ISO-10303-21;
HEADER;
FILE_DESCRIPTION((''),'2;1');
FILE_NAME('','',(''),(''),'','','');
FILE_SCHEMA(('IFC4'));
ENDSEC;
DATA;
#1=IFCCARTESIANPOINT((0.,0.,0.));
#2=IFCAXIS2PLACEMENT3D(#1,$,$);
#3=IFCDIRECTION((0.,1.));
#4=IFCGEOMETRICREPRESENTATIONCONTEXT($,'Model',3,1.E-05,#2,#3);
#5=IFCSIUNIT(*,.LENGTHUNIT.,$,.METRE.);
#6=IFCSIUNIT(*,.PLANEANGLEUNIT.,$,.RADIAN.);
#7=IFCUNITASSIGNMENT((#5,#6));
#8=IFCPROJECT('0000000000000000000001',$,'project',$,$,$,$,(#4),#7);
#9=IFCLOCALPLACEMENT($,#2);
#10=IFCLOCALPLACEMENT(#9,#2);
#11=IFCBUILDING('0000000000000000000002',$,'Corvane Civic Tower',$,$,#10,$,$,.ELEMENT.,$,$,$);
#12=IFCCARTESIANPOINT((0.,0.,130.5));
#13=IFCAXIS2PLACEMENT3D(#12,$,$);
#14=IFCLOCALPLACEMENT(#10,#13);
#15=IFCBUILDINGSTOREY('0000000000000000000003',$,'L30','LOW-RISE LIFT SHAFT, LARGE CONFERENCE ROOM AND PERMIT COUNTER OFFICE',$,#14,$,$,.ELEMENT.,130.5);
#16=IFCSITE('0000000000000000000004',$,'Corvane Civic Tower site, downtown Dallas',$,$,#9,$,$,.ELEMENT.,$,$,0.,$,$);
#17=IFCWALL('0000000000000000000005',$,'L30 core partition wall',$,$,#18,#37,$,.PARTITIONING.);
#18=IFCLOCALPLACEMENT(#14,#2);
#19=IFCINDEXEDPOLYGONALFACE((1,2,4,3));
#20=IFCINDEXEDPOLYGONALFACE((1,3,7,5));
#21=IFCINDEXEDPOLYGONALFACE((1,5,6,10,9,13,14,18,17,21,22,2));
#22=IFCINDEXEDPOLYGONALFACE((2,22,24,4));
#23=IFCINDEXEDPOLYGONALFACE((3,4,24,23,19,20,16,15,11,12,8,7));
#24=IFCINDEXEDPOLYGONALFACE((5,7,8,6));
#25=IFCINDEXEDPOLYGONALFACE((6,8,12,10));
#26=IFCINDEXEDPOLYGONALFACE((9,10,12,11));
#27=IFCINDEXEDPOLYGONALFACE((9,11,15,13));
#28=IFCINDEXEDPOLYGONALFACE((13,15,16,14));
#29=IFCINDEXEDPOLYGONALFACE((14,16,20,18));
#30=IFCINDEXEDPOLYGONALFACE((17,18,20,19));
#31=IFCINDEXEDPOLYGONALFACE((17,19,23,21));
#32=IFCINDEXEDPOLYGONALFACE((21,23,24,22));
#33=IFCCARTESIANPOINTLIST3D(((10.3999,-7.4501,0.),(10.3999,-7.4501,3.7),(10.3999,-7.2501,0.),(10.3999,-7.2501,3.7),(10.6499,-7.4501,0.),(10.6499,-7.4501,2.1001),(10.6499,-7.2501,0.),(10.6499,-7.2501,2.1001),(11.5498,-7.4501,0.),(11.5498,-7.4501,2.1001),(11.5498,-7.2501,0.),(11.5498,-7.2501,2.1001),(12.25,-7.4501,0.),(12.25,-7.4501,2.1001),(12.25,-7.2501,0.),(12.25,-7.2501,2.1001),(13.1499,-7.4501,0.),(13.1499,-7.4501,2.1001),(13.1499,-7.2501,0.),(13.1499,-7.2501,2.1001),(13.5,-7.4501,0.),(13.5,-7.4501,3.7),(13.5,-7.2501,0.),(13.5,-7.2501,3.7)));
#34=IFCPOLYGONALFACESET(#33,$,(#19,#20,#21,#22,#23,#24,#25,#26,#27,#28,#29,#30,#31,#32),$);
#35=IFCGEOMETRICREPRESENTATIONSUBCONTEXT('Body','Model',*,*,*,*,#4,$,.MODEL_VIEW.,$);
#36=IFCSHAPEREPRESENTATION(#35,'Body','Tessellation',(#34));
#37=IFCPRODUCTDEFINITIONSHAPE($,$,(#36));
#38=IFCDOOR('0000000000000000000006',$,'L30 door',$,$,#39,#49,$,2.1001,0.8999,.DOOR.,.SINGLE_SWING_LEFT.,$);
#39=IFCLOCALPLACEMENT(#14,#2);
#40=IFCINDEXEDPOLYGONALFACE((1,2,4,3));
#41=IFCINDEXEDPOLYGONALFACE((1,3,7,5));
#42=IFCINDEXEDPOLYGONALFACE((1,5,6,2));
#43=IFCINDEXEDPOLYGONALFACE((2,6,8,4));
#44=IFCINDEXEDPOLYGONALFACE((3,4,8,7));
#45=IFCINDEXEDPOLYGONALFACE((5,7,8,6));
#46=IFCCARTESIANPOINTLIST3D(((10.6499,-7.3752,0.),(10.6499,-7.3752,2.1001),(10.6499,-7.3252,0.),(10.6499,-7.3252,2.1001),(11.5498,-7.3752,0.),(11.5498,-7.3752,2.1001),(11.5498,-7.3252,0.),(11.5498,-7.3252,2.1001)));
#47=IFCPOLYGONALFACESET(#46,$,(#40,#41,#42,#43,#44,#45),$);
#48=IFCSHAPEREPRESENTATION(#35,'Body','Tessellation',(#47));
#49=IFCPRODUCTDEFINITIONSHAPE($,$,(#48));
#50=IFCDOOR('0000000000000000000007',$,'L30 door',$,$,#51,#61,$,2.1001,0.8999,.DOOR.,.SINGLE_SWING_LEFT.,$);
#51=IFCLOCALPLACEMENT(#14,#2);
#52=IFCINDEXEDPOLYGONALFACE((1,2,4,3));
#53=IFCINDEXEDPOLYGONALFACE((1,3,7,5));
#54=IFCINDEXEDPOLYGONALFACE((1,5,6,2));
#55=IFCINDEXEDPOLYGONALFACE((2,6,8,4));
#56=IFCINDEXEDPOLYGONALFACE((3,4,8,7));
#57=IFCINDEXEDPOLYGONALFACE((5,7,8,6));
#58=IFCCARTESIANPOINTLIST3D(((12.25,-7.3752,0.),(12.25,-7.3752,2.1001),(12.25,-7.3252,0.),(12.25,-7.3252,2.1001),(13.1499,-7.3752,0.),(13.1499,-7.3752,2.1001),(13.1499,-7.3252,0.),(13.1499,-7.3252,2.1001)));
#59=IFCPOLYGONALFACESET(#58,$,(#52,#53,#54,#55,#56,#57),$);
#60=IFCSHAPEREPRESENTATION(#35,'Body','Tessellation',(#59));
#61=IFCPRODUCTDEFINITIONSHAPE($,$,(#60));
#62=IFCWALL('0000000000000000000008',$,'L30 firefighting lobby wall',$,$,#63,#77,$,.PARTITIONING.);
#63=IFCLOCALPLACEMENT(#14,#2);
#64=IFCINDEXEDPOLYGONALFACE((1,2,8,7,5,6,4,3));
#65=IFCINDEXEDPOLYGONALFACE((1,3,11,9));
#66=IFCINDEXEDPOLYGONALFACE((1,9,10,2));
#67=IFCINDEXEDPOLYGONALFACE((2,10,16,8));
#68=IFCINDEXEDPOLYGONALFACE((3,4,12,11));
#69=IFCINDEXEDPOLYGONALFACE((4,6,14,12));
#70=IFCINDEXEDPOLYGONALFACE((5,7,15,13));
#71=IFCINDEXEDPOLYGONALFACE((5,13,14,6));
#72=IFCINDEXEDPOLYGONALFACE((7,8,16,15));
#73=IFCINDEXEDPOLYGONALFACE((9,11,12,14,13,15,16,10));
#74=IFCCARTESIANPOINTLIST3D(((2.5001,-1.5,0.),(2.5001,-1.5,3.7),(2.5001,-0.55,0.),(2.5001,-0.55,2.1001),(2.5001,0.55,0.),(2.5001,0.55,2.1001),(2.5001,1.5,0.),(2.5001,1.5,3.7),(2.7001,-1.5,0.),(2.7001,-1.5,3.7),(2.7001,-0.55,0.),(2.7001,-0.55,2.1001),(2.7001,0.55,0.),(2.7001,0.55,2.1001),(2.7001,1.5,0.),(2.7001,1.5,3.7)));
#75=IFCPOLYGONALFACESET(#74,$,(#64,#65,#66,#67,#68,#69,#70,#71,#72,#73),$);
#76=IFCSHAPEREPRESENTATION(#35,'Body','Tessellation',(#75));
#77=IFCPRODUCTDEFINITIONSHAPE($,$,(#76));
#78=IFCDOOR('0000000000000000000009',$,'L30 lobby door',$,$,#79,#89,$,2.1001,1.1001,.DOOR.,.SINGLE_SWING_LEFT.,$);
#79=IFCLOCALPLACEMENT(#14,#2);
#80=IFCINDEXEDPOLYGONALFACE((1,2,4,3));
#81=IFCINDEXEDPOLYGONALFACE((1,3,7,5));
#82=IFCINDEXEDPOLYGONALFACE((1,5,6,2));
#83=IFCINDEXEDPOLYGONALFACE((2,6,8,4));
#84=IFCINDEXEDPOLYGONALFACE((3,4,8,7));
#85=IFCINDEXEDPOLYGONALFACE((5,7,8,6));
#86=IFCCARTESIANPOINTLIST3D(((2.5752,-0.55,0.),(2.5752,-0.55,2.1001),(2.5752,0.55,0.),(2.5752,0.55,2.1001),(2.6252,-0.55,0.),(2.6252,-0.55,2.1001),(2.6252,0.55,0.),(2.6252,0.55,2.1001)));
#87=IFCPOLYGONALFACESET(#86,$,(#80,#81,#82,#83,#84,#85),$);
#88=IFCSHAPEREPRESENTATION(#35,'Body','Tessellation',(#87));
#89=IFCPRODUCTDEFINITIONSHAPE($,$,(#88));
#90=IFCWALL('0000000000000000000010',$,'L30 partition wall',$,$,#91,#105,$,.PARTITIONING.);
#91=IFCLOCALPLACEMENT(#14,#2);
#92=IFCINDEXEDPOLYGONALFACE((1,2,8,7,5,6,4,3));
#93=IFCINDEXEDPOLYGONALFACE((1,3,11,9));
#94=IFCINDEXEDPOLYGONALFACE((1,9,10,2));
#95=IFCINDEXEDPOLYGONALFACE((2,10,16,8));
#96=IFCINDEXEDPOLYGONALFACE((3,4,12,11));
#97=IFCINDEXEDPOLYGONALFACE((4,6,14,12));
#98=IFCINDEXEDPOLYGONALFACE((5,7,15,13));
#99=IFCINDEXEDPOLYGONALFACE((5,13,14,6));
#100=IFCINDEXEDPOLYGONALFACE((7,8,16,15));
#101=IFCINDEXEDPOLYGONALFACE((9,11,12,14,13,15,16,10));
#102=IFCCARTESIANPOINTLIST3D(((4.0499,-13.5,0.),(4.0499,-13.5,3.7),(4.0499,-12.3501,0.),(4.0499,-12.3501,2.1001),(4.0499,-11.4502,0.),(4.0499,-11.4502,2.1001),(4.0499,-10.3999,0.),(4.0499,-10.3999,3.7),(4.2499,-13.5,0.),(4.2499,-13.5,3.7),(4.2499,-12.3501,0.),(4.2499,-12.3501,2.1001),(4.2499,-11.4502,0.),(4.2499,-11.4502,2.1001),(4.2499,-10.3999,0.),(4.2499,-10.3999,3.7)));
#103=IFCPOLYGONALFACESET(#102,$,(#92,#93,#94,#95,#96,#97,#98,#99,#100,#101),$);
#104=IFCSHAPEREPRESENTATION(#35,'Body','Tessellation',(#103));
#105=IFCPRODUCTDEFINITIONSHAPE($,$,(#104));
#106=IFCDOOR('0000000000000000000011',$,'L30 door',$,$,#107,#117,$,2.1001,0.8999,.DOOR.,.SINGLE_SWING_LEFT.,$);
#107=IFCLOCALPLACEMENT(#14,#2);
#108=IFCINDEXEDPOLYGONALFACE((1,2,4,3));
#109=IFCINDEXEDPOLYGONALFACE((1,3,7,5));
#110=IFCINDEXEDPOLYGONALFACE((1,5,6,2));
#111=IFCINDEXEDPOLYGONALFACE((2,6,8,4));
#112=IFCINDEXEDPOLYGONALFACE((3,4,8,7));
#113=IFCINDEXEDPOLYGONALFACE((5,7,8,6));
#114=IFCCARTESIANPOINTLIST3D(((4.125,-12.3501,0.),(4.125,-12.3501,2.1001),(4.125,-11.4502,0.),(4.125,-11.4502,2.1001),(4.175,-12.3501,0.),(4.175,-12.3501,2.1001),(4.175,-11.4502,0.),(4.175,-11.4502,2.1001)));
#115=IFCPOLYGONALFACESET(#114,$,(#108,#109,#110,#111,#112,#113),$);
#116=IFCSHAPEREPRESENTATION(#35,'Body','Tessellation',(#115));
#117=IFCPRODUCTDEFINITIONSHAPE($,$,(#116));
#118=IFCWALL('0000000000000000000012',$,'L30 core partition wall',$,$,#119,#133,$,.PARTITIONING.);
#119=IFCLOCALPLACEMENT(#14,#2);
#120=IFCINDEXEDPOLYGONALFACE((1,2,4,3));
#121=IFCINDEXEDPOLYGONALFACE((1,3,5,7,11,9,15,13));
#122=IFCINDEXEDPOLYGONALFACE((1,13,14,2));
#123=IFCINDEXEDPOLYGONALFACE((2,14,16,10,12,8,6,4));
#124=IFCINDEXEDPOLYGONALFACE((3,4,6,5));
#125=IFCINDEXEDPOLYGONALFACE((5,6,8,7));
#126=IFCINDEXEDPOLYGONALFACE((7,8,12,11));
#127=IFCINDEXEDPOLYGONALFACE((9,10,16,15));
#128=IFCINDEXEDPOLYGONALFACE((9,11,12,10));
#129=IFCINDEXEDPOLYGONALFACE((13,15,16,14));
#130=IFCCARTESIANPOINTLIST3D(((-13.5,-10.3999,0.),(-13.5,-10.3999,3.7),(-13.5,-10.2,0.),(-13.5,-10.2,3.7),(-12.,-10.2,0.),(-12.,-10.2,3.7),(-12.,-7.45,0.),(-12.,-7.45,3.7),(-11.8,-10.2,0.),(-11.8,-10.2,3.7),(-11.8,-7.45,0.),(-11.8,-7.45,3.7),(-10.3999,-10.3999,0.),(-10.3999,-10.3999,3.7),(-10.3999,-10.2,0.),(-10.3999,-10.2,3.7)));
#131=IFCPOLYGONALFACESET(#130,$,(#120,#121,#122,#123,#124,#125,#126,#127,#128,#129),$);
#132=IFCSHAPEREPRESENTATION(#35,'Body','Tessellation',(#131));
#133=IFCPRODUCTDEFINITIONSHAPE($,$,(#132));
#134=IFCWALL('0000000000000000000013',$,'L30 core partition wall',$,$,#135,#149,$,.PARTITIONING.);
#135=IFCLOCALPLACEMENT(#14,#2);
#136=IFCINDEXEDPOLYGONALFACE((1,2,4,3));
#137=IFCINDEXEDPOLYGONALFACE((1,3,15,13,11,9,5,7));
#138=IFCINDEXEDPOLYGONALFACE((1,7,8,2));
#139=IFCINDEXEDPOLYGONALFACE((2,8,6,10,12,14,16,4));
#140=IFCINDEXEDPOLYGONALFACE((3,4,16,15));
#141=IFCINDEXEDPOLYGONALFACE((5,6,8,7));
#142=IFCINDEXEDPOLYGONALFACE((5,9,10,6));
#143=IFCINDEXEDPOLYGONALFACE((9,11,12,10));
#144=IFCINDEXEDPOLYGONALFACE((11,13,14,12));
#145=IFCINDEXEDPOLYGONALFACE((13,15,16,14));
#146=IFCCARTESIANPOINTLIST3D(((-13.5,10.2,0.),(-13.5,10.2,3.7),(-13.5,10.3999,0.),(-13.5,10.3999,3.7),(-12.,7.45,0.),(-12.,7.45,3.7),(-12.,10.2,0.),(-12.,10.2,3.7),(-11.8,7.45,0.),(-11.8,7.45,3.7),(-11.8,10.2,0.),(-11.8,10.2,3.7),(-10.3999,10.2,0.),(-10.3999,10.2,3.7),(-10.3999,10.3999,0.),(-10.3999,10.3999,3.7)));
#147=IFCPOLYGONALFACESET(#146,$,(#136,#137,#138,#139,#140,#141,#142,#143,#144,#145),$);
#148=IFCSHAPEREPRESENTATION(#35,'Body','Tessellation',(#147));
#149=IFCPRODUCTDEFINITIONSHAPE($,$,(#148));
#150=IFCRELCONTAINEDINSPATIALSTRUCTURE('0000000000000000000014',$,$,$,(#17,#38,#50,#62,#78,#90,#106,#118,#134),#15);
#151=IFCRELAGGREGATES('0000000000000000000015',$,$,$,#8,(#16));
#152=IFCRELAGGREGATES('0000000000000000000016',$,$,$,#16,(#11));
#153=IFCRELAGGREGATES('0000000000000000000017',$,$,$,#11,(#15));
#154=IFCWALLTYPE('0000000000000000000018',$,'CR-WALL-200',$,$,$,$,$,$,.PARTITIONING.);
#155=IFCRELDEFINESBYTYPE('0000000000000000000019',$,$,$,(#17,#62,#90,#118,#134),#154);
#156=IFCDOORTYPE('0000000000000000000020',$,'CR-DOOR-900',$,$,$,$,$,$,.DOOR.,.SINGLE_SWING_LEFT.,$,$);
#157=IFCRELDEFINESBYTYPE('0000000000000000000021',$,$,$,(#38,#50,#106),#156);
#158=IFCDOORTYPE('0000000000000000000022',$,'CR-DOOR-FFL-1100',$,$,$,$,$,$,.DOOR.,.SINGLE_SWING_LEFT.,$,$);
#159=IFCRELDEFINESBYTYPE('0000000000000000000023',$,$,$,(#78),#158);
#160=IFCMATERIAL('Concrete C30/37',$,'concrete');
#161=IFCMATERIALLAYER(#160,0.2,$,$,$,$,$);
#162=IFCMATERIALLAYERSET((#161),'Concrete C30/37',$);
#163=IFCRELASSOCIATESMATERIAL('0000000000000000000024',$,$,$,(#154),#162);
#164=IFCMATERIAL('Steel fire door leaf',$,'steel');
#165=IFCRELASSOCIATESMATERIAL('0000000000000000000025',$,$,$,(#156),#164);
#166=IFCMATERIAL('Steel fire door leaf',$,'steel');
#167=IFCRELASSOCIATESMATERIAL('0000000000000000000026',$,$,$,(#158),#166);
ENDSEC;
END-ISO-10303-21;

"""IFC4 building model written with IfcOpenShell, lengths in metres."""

from ifc_helpers import new_model, si_unit, direction, frame, frame_2d, origin, place, context, subcontext, project, spatial, polyline, rectangle, outline, extrude, material, layer, layer_set, type_object, element, fill, save


model = new_model("IFC4")

# Units and contexts
model_context = context("Model", 3, precision=1e-05, world=origin(), true_north=direction((0.0, 1.0)))
body_context = subcontext(model_context, "Body", "Model", "MODEL_VIEW")
ifc_project = project(units=[si_unit("LENGTHUNIT", "METRE"), si_unit("PLANEANGLEUNIT", "RADIAN")], contexts=[model_context])

# Site, building, storey
site_placement = place(None, origin())
site = spatial("IfcSite", under=ifc_project, at=site_placement, Name="Corvane Civic Tower site, downtown Dallas", CompositionType="ELEMENT", RefElevation=0.0)
building_placement = place(site_placement, origin())
building = spatial("IfcBuilding", under=site, at=building_placement, Name="Corvane Civic Tower", CompositionType="ELEMENT")
storey_placement = place(building_placement, frame((0.0, 0.0, 130.5)))
storey = spatial("IfcBuildingStorey", under=building, at=storey_placement, Name="L30", Description="LOW-RISE LIFT SHAFT, LARGE CONFERENCE ROOM AND PERMIT COUNTER OFFICE", CompositionType="ELEMENT", Elevation=130.5)

# Wall, openings, doors
ifc_material_1 = material(Name="Concrete C30/37", Category="concrete")
ifc_layer_1 = layer(ifc_material_1, 0.2)
ifc_layer_set_1 = layer_set([ifc_layer_1], Name="Concrete C30/37")
wall_type_1 = type_object("IfcWallType", Name="CR-WALL-200", PredefinedType="PARTITIONING", material=ifc_layer_set_1)
wall_1_placement = place(storey_placement, frame((10.3999, -7.3501, 0.0), z_axis=(0.0, 0.0, 1.0), x_axis=(1.0, 0.0, 0.0)))
wall_1 = element("IfcWall", 1, at=wall_1_placement, inside=storey, type_object=wall_type_1, Name="L30 core partition wall", PredefinedType="PARTITIONING", context=body_context, shape_type="SweptSolid", body=[
    extrude(rectangle(XDim=3.1001, YDim=0.2, at=frame_2d((1.55, 0.0))), origin(), (0.0, 0.0, 1.0), 3.7),
])
opening_1_placement = place(wall_1_placement, frame((0.25, 0.0, 0.0)))
opening_1 = element("IfcOpeningElement", 2, at=opening_1_placement, cuts=wall_1, PredefinedType="OPENING", context=body_context, shape_type="SweptSolid", body=[
    extrude(rectangle(XDim=0.8999, YDim=2.1001, at=frame_2d((0.45, 1.05))), frame((0.0, 0.1099, 0.0), z_axis=(0.0, -1.0, 0.0), x_axis=(1.0, 0.0, 0.0)), (0.0, 0.0, 1.0), 0.22),
])
opening_2_placement = place(wall_1_placement, frame((1.8501, 0.0, 0.0)))
opening_2 = element("IfcOpeningElement", 3, at=opening_2_placement, cuts=wall_1, PredefinedType="OPENING", context=body_context, shape_type="SweptSolid", body=[
    extrude(rectangle(XDim=0.8999, YDim=2.1001, at=frame_2d((0.45, 1.05))), frame((0.0, 0.1099, 0.0), z_axis=(0.0, -1.0, 0.0), x_axis=(1.0, 0.0, 0.0)), (0.0, 0.0, 1.0), 0.22),
])
ifc_material_2 = material(Name="Steel fire door leaf", Category="steel")
door_type_1 = type_object("IfcDoorType", Name="CR-DOOR-900", OperationType="SINGLE_SWING_LEFT", PredefinedType="DOOR", material=ifc_material_2)
door_1_placement = place(opening_1_placement, origin())
door_1 = element("IfcDoor", 4, at=door_1_placement, inside=storey, type_object=door_type_1, Name="L30 door", OperationType="SINGLE_SWING_LEFT", OverallHeight=2.1001, OverallWidth=0.8999, PredefinedType="DOOR", context=body_context, shape_type="SweptSolid", body=[
    extrude(rectangle(XDim=0.8999, YDim=2.1001, at=frame_2d((0.45, 1.05))), frame((0.0, 0.0249, 0.0), z_axis=(0.0, -1.0, 0.0), x_axis=(1.0, 0.0, 0.0)), (0.0, 0.0, 1.0), 0.05),
])
fill(opening_1, door_1)
door_2_placement = place(opening_2_placement, origin())
door_2 = element("IfcDoor", 5, at=door_2_placement, inside=storey, type_object=door_type_1, Name="L30 door", OperationType="SINGLE_SWING_LEFT", OverallHeight=2.1001, OverallWidth=0.8999, PredefinedType="DOOR", context=body_context, shape_type="SweptSolid", body=[
    extrude(rectangle(XDim=0.8999, YDim=2.1001, at=frame_2d((0.45, 1.05))), frame((0.0, 0.0249, 0.0), z_axis=(0.0, -1.0, 0.0), x_axis=(1.0, 0.0, 0.0)), (0.0, 0.0, 1.0), 0.05),
])
fill(opening_2, door_2)

# Walls, openings, doors
wall_2_placement = place(storey_placement, frame((2.6001, -1.5, 0.0), z_axis=(0.0, 0.0, 1.0), x_axis=(0.0, 1.0, 0.0)))
wall_2 = element("IfcWall", 6, at=wall_2_placement, inside=storey, type_object=wall_type_1, Name="L30 firefighting lobby wall", PredefinedType="PARTITIONING", context=body_context, shape_type="SweptSolid", body=[
    extrude(rectangle(XDim=3.0, YDim=0.2, at=frame_2d((1.5, 0.0))), origin(), (0.0, 0.0, 1.0), 3.7),
])
opening_3_placement = place(wall_2_placement, frame((0.95, 0.0, 0.0)))
opening_3 = element("IfcOpeningElement", 7, at=opening_3_placement, cuts=wall_2, PredefinedType="OPENING", context=body_context, shape_type="SweptSolid", body=[
    extrude(rectangle(XDim=1.1001, YDim=2.1001, at=frame_2d((0.55, 1.05))), frame((0.0, 0.1099, 0.0), z_axis=(0.0, -1.0, 0.0), x_axis=(1.0, 0.0, 0.0)), (0.0, 0.0, 1.0), 0.22),
])
ifc_material_3 = material(Name="Steel fire door leaf", Category="steel")
door_type_2 = type_object("IfcDoorType", Name="CR-DOOR-FFL-1100", OperationType="SINGLE_SWING_LEFT", PredefinedType="DOOR", material=ifc_material_3)
door_3_placement = place(opening_3_placement, origin())
door_3 = element("IfcDoor", 8, at=door_3_placement, inside=storey, type_object=door_type_2, Name="L30 lobby door", OperationType="SINGLE_SWING_LEFT", OverallHeight=2.1001, OverallWidth=1.1001, PredefinedType="DOOR", context=body_context, shape_type="SweptSolid", body=[
    extrude(rectangle(XDim=1.1001, YDim=2.1001, at=frame_2d((0.55, 1.05))), frame((0.0, 0.0249, 0.0), z_axis=(0.0, -1.0, 0.0), x_axis=(1.0, 0.0, 0.0)), (0.0, 0.0, 1.0), 0.05),
])
fill(opening_3, door_3)
wall_3_placement = place(storey_placement, frame((4.1499, -13.5, 0.0), z_axis=(0.0, 0.0, 1.0), x_axis=(0.0, 1.0, 0.0)))
wall_3 = element("IfcWall", 9, at=wall_3_placement, inside=storey, type_object=wall_type_1, Name="L30 partition wall", PredefinedType="PARTITIONING", context=body_context, shape_type="SweptSolid", body=[
    extrude(rectangle(XDim=3.1001, YDim=0.2, at=frame_2d((1.55, 0.0))), origin(), (0.0, 0.0, 1.0), 3.7),
])
opening_4_placement = place(wall_3_placement, frame((1.1499, 0.0, 0.0)))
opening_4 = element("IfcOpeningElement", 10, at=opening_4_placement, cuts=wall_3, PredefinedType="OPENING", context=body_context, shape_type="SweptSolid", body=[
    extrude(rectangle(XDim=0.8999, YDim=2.1001, at=frame_2d((0.45, 1.05))), frame((0.0, 0.1099, 0.0), z_axis=(0.0, -1.0, 0.0), x_axis=(1.0, 0.0, 0.0)), (0.0, 0.0, 1.0), 0.22),
])
door_4_placement = place(opening_4_placement, origin())
door_4 = element("IfcDoor", 11, at=door_4_placement, inside=storey, type_object=door_type_1, Name="L30 door", OperationType="SINGLE_SWING_LEFT", OverallHeight=2.1001, OverallWidth=0.8999, PredefinedType="DOOR", context=body_context, shape_type="SweptSolid", body=[
    extrude(rectangle(XDim=0.8999, YDim=2.1001, at=frame_2d((0.45, 1.05))), frame((0.0, 0.0249, 0.0), z_axis=(0.0, -1.0, 0.0), x_axis=(1.0, 0.0, 0.0)), (0.0, 0.0, 1.0), 0.05),
])
fill(opening_4, door_4)

# Walls
wall_4_placement = place(storey_placement, origin())
element("IfcWall", 12, at=wall_4_placement, inside=storey, type_object=wall_type_1, Name="L30 core partition wall", PredefinedType="PARTITIONING", context=body_context, shape_type="SweptSolid", body=[
    extrude(outline(polyline([(-12.0, -7.45), (-11.8, -7.45), (-11.8, -10.2), (-10.3999, -10.2), (-10.3999, -10.3999), (-13.5, -10.3999), (-13.5, -10.2), (-12.0, -10.2), (-12.0, -7.45)])), origin(), (0.0, 0.0, 1.0), 3.7),
])
wall_5_placement = place(storey_placement, origin())
element("IfcWall", 13, at=wall_5_placement, inside=storey, type_object=wall_type_1, Name="L30 core partition wall", PredefinedType="PARTITIONING", context=body_context, shape_type="SweptSolid", body=[
    extrude(outline(polyline([(-13.5, 10.3999), (-10.3999, 10.3999), (-10.3999, 10.2), (-11.8, 10.2), (-11.8, 7.45), (-12.0, 7.45), (-12.0, 10.2), (-13.5, 10.2), (-13.5, 10.3999)])), origin(), (0.0, 0.0, 1.0), 3.7),
])

save(model, "model.ifc")
